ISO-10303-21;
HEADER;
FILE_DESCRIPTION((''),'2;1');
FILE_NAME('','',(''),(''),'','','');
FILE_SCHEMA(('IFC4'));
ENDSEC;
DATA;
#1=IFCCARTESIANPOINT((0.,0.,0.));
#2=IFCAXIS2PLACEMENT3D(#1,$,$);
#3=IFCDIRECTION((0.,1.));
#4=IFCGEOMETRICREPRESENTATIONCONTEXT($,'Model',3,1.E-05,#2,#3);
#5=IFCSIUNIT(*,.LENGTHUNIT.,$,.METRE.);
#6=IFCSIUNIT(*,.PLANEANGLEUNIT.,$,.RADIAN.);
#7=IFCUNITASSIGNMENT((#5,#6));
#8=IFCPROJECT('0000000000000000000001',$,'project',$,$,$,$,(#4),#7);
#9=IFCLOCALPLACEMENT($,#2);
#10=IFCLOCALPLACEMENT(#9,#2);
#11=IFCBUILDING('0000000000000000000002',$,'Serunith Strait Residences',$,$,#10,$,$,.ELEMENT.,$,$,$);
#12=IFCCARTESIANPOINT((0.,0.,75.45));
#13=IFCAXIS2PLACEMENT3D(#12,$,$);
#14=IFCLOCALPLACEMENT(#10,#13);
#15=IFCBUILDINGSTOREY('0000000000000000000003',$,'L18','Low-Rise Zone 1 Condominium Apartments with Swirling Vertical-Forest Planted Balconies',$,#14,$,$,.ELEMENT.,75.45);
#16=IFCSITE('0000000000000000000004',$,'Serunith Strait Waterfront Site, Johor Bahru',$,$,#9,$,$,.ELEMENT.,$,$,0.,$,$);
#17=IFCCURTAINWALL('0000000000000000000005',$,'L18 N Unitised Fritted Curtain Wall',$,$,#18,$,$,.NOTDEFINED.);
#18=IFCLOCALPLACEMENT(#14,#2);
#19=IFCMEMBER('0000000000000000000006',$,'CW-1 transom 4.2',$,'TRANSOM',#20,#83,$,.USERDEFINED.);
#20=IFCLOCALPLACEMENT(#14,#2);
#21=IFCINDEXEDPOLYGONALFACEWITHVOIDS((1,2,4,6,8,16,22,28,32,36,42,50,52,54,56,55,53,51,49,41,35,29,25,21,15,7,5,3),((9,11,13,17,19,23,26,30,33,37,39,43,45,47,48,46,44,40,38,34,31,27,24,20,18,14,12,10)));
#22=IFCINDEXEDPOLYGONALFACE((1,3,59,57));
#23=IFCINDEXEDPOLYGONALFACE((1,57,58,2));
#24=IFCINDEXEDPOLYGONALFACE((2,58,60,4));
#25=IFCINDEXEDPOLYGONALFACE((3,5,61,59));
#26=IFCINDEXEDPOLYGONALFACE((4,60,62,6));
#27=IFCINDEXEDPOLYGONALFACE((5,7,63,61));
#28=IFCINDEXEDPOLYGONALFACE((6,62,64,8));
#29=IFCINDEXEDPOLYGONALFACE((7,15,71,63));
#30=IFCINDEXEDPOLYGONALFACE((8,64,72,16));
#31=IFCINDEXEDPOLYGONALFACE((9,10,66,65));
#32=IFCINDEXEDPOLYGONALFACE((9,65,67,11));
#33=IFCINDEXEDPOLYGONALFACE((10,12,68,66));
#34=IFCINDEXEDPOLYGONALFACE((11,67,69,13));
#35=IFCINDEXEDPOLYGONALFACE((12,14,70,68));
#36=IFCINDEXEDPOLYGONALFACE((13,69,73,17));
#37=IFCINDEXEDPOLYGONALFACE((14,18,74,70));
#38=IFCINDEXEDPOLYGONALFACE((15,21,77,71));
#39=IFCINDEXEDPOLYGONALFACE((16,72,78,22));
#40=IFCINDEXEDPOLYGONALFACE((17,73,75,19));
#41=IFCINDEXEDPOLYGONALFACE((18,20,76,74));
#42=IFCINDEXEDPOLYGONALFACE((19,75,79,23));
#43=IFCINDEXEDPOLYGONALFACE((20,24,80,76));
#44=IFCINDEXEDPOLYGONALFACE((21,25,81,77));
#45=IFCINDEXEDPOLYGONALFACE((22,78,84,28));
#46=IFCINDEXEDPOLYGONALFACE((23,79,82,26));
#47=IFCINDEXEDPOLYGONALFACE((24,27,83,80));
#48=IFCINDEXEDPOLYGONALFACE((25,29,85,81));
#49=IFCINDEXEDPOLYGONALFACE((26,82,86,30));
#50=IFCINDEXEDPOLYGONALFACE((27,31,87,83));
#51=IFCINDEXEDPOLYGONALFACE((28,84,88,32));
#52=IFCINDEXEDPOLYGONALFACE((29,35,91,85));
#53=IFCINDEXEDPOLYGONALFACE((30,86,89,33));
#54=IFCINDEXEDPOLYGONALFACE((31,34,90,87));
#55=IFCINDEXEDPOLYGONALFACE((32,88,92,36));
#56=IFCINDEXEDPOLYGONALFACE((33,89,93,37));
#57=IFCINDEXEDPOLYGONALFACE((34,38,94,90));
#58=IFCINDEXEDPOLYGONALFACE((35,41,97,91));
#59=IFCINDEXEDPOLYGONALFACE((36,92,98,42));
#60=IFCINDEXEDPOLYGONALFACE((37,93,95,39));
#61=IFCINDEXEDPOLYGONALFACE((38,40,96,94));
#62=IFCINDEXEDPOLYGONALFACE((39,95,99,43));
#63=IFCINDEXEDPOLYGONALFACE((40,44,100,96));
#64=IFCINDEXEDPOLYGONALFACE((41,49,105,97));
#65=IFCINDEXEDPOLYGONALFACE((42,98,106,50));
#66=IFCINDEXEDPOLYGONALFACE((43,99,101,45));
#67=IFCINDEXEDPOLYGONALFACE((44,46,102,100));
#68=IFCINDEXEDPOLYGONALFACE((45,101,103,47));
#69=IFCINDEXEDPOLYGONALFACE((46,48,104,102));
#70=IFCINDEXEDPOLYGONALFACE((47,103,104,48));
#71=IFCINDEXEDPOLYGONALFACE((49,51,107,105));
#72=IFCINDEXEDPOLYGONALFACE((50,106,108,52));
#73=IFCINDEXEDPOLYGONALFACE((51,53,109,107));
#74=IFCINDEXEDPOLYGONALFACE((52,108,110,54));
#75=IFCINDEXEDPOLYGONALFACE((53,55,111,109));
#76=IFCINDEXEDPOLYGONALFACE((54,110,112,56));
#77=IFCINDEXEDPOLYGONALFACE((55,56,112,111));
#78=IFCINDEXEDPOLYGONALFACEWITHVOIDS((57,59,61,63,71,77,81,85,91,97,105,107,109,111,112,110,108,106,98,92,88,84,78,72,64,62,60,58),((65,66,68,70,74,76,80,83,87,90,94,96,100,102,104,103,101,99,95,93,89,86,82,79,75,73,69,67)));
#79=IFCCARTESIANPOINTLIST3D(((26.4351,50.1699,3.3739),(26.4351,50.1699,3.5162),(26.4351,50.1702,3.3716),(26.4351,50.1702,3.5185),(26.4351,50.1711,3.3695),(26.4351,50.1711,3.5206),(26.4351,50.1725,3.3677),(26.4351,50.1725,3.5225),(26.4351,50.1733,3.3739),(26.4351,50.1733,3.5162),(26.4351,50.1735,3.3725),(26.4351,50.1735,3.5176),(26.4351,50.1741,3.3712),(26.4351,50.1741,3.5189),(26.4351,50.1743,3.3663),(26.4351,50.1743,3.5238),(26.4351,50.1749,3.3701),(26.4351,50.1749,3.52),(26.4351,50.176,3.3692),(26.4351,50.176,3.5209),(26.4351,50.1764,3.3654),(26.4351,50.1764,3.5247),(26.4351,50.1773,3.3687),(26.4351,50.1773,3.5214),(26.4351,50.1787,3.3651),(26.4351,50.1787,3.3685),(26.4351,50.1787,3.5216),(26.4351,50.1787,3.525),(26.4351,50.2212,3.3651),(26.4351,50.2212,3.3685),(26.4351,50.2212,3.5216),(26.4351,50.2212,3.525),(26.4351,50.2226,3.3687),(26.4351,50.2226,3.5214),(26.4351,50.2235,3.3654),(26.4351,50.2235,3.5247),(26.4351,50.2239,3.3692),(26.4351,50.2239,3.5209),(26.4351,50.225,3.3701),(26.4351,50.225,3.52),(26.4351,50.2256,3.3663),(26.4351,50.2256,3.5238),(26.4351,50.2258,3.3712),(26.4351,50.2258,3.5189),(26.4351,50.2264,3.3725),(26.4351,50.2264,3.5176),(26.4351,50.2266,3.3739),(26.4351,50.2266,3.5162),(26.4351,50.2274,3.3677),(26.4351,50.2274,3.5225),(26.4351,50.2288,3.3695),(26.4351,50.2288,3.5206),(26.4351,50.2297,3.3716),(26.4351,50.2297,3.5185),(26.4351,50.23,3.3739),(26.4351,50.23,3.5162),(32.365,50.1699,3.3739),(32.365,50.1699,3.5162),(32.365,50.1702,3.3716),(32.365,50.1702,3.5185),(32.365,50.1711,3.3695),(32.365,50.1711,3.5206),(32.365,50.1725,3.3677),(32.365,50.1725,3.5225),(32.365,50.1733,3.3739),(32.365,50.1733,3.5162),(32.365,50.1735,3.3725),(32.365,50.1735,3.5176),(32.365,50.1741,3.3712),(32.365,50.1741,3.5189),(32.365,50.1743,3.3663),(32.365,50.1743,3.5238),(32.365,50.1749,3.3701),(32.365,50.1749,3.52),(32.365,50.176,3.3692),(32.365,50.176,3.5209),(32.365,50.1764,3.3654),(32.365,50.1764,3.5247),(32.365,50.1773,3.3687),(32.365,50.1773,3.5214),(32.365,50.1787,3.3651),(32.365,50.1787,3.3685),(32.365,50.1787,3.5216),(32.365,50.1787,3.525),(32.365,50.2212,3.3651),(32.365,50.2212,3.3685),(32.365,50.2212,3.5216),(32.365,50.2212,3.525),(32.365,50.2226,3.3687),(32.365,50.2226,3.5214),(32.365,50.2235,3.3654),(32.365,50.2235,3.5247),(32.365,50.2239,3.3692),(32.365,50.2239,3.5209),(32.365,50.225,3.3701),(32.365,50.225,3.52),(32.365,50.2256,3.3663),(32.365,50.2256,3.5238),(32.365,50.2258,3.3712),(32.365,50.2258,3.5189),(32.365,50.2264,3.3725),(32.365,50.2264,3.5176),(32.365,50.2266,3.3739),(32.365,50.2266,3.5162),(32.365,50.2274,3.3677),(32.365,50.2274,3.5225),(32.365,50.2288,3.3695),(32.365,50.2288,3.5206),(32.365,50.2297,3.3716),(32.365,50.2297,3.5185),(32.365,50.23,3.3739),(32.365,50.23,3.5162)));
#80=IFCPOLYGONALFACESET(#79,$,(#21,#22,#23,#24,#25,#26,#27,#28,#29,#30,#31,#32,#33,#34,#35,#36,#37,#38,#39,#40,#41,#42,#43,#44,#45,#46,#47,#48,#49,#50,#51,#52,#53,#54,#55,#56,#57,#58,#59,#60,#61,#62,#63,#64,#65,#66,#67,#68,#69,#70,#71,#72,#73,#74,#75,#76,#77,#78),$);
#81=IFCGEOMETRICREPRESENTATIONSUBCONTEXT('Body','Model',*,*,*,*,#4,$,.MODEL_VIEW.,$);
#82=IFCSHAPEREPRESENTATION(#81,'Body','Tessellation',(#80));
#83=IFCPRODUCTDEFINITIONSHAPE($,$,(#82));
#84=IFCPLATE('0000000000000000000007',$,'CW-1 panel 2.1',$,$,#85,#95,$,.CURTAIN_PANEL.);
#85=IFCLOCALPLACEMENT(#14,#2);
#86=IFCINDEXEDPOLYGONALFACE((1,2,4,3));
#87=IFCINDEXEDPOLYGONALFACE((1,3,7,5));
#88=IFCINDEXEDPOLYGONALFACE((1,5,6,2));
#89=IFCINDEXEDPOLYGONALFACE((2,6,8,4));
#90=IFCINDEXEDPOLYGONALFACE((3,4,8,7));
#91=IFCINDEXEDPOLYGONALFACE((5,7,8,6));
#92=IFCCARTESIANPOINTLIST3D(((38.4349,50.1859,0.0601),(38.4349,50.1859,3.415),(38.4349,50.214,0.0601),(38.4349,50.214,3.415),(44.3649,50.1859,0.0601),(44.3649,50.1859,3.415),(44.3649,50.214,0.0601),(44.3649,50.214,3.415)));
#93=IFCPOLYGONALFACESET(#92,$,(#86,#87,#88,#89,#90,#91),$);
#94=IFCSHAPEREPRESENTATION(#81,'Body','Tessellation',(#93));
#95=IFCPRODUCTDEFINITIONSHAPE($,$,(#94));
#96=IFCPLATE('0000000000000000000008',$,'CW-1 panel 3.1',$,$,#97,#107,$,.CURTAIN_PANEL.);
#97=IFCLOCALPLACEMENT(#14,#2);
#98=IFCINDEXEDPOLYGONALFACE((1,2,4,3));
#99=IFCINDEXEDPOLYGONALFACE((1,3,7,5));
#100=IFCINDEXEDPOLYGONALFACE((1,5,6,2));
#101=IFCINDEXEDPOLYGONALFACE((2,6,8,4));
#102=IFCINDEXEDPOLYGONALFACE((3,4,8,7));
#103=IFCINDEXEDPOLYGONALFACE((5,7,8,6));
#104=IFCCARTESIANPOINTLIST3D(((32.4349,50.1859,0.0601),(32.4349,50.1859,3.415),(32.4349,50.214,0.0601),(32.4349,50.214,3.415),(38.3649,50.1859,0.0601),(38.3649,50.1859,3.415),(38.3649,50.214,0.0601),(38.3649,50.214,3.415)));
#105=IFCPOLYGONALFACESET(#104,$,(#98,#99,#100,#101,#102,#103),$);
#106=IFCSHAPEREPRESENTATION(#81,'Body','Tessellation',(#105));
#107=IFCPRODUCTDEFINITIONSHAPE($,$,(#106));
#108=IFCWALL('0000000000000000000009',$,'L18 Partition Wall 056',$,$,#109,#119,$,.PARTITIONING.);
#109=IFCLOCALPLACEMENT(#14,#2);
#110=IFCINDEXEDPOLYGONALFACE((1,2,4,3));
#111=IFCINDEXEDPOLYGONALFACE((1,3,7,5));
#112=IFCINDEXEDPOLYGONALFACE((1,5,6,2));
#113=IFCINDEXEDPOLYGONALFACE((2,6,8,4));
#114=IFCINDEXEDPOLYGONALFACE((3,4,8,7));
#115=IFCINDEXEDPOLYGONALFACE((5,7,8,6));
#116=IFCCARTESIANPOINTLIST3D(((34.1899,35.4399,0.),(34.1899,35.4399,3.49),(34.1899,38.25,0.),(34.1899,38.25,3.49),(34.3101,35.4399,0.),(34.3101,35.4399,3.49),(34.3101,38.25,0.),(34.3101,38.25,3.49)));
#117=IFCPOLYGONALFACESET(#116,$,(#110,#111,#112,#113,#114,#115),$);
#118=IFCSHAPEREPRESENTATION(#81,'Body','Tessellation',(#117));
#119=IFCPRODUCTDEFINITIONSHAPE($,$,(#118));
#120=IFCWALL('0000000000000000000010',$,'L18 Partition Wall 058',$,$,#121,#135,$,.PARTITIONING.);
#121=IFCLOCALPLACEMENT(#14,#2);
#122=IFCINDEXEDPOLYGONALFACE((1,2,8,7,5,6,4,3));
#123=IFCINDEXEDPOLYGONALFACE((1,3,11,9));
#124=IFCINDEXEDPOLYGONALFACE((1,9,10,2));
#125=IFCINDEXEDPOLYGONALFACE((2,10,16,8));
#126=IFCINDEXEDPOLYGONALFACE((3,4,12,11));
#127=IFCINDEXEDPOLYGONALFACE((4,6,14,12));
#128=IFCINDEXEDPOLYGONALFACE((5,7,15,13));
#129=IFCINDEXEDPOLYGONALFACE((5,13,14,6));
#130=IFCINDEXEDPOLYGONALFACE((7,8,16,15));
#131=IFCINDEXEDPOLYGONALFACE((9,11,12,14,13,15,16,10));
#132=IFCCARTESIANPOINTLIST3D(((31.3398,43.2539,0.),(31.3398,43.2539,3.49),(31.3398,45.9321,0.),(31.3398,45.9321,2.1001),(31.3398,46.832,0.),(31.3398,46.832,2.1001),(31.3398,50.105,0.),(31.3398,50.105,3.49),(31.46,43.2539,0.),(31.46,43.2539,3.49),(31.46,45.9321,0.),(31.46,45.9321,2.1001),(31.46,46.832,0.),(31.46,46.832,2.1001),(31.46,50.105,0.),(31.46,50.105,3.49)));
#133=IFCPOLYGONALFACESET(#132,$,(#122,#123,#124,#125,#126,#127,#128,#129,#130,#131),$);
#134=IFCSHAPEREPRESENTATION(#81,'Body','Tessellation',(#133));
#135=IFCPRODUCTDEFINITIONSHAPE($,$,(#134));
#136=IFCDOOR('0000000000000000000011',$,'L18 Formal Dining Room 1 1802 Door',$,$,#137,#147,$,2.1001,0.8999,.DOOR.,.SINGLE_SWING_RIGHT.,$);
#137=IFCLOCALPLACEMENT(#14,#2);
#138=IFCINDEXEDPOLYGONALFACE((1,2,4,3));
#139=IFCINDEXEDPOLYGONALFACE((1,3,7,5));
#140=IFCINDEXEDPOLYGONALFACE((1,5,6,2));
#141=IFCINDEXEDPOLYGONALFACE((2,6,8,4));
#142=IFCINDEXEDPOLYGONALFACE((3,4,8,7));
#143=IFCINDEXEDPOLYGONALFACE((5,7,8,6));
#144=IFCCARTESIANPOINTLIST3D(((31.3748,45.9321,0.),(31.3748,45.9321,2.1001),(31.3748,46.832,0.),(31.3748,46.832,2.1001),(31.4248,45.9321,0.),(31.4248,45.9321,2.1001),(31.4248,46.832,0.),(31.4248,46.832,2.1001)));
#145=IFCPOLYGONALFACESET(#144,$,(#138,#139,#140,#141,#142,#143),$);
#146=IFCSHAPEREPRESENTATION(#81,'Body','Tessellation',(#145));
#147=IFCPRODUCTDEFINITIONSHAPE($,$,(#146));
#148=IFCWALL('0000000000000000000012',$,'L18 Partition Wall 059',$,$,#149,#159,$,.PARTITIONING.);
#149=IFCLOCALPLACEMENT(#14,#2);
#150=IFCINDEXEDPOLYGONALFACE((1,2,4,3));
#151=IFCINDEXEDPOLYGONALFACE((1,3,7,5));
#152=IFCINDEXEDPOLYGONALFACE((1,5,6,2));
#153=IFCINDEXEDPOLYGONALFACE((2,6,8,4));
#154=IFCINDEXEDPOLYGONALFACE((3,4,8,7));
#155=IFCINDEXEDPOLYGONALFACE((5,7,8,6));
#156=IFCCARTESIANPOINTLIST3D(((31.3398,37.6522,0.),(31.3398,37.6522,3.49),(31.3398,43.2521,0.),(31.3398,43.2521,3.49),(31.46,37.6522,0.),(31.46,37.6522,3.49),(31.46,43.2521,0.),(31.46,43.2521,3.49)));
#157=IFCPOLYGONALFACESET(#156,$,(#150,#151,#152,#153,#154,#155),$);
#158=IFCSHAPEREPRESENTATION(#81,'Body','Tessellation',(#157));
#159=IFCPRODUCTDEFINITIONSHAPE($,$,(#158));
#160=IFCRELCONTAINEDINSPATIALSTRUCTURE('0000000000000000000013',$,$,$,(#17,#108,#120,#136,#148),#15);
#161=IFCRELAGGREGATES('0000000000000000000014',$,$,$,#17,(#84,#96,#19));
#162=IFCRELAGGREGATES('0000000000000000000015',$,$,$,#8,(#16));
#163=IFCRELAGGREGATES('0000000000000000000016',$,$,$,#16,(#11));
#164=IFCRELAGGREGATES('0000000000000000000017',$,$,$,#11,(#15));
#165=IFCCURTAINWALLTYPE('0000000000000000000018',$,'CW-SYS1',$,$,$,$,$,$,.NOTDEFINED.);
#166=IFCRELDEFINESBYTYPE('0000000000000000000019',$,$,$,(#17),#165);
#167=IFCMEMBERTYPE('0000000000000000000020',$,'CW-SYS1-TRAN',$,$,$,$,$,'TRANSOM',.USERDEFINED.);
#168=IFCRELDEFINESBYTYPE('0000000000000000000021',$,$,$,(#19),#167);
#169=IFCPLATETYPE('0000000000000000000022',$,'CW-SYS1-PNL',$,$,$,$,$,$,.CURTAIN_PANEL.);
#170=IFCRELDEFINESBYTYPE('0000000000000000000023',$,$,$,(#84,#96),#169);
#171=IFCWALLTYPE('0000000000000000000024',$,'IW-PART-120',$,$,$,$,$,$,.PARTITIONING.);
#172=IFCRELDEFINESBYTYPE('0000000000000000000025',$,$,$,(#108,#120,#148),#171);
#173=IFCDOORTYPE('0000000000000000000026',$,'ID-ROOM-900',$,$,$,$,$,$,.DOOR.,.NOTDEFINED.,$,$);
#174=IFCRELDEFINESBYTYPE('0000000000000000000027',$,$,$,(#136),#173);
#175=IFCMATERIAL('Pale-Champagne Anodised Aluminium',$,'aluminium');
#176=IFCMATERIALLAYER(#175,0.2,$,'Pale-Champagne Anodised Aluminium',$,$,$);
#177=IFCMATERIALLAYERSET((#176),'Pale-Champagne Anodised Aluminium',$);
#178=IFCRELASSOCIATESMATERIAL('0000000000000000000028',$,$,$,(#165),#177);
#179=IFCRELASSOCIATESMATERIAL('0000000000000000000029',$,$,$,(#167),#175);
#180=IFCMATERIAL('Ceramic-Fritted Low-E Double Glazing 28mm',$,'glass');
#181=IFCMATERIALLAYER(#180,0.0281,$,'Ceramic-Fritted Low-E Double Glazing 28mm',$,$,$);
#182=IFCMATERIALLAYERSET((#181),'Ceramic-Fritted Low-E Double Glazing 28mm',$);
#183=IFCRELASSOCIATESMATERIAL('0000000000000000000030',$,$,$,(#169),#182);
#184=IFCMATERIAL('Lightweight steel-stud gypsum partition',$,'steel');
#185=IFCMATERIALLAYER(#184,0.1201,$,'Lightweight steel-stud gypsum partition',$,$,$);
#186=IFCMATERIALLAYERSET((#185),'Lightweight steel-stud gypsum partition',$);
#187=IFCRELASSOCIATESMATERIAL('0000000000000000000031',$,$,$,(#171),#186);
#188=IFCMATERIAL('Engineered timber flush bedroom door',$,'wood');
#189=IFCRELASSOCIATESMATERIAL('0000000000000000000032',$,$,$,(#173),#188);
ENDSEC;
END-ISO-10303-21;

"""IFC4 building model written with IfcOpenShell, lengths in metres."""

from ifc_helpers import new_model, si_unit, direction, frame, frame_2d, origin, origin_2d, place, context, subcontext, project, spatial, rectangle, hollow_rectangle, extrude, source, transform, mapped, material, layer, layer_set, material_profile, profile_set, type_object, element, fill, aggregate, save


model = new_model("IFC4")

# Units and contexts
model_context = context("Model", 3, precision=1e-05, world=origin(), true_north=direction((0.0, 1.0)))
body_context = subcontext(model_context, "Body", "Model", "MODEL_VIEW")
ifc_project = project(units=[si_unit("LENGTHUNIT", "METRE"), si_unit("PLANEANGLEUNIT", "RADIAN")], contexts=[model_context])

# Site, building, storey
site_placement = place(None, origin())
site = spatial("IfcSite", under=ifc_project, at=site_placement, Name="Serunith Strait Waterfront Site, Johor Bahru", CompositionType="ELEMENT", RefElevation=0.0)
building_placement = place(site_placement, origin())
building = spatial("IfcBuilding", under=site, at=building_placement, Name="Serunith Strait Residences", CompositionType="ELEMENT")
storey_placement = place(building_placement, frame((0.0, 0.0, 75.45)))
storey = spatial("IfcBuildingStorey", under=building, at=storey_placement, Name="L18", Description="Low-Rise Zone 1 Condominium Apartments with Swirling Vertical-Forest Planted Balconies", CompositionType="ELEMENT", Elevation=75.45)

# Curtain wall, member, plates
ifc_material_1 = material(Name="Pale-Champagne Anodised Aluminium", Category="aluminium")
ifc_layer_1 = layer(ifc_material_1, 0.2, Name="Pale-Champagne Anodised Aluminium")
ifc_layer_set_1 = layer_set([ifc_layer_1], Name="Pale-Champagne Anodised Aluminium")
curtain_wall_type = type_object("IfcCurtainWallType", Name="CW-SYS1", PredefinedType="NOTDEFINED", material=ifc_layer_set_1)
curtain_wall_placement = place(storey_placement, origin())
curtain_wall = element("IfcCurtainWall", 1, at=curtain_wall_placement, inside=storey, type_object=curtain_wall_type, Name="L18 N Unitised Fritted Curtain Wall", PredefinedType="NOTDEFINED")
ifc_material_profile_1 = material_profile(ifc_material_1, hollow_rectangle(XDim=0.0601, YDim=0.1599, WallThickness=0.0034, InnerFilletRadius=0.0054, OuterFilletRadius=0.0088, at=origin_2d()), Name="ALU 160x60x3.5")
ifc_profile_set_1 = profile_set([ifc_material_profile_1], Name="Pale-Champagne Anodised Aluminium")
member_type_1 = type_object("IfcMemberType", Name="CW-SYS1-TRAN", ElementType="TRANSOM", PredefinedType="USERDEFINED", material=ifc_profile_set_1)
shared_shape_1 = source(origin(), body_context, "Body", "SweptSolid", [
    extrude(hollow_rectangle(XDim=0.0601, YDim=0.1599, WallThickness=0.0034, InnerFilletRadius=0.0054, OuterFilletRadius=0.0088, at=origin_2d()), origin(), (0.0, 0.0, 1.0), 5.9299),
])
member_1_placement = place(storey_placement, frame((32.365, 50.2, 3.4451), z_axis=(-1.0, 0.0, 0.0), x_axis=(0.0, -1.0, 0.0)))
member_1 = element("IfcMember", 2, at=member_1_placement, type_object=member_type_1, Name="CW-1 transom 4.2", ObjectType="TRANSOM", PredefinedType="USERDEFINED", context=body_context, shape_type="MappedRepresentation", body=[
    mapped(shared_shape_1, transform((0.0, 0.0, 0.0), scale=1.0)),
])
ifc_material_2 = material(Name="Ceramic-Fritted Low-E Double Glazing 28mm", Category="glass")
ifc_layer_2 = layer(ifc_material_2, 0.0281, Name="Ceramic-Fritted Low-E Double Glazing 28mm")
ifc_layer_set_2 = layer_set([ifc_layer_2], Name="Ceramic-Fritted Low-E Double Glazing 28mm")
plate_type = type_object("IfcPlateType", Name="CW-SYS1-PNL", PredefinedType="CURTAIN_PANEL", material=ifc_layer_set_2)
shared_shape_2 = source(origin(), body_context, "Body", "SweptSolid", [
    extrude(rectangle(XDim=5.9299, YDim=0.0281, at=origin_2d()), origin(), (0.0, 0.0, 1.0), 3.355),
])
plate_1_placement = place(storey_placement, frame((41.3999, 50.2, 0.0601), z_axis=(0.0, 0.0, 1.0), x_axis=(-1.0, 0.0, 0.0)))
plate_1 = element("IfcPlate", 3, at=plate_1_placement, type_object=plate_type, Name="CW-1 panel 2.1", PredefinedType="CURTAIN_PANEL", context=body_context, shape_type="MappedRepresentation", body=[
    mapped(shared_shape_2, transform((0.0, 0.0, 0.0), scale=1.0)),
])
plate_2_placement = place(storey_placement, frame((35.3999, 50.2, 0.0601), z_axis=(0.0, 0.0, 1.0), x_axis=(-1.0, 0.0, 0.0)))
plate_2 = element("IfcPlate", 4, at=plate_2_placement, type_object=plate_type, Name="CW-1 panel 3.1", PredefinedType="CURTAIN_PANEL", context=body_context, shape_type="MappedRepresentation", body=[
    mapped(shared_shape_2, transform((0.0, 0.0, 0.0), scale=1.0)),
])
aggregate(curtain_wall, [plate_1, plate_2, member_1])

# Wall
ifc_material_3 = material(Name="Lightweight steel-stud gypsum partition", Category="steel")
ifc_layer_3 = layer(ifc_material_3, 0.1201, Name="Lightweight steel-stud gypsum partition")
ifc_layer_set_3 = layer_set([ifc_layer_3], Name="Lightweight steel-stud gypsum partition")
wall_type = type_object("IfcWallType", Name="IW-PART-120", PredefinedType="PARTITIONING", material=ifc_layer_set_3)
wall_1_placement = place(storey_placement, frame((34.25, 38.25, 0.0), z_axis=(0.0, 0.0, 1.0), x_axis=(0.0, -1.0, 0.0)))
element("IfcWall", 5, at=wall_1_placement, inside=storey, type_object=wall_type, Name="L18 Partition Wall 056", PredefinedType="PARTITIONING", context=body_context, shape_type="SweptSolid", body=[
    extrude(rectangle(XDim=2.8101, YDim=0.1201, at=frame_2d((1.405, 0.0))), origin(), (0.0, 0.0, 1.0), 3.49),
])

# Wall, opening, door
wall_2_placement = place(storey_placement, frame((31.3999, 50.105, 0.0), z_axis=(0.0, 0.0, 1.0), x_axis=(0.0, -1.0, 0.0)))
wall_2 = element("IfcWall", 6, at=wall_2_placement, inside=storey, type_object=wall_type, Name="L18 Partition Wall 058", PredefinedType="PARTITIONING", context=body_context, shape_type="SweptSolid", body=[
    extrude(rectangle(XDim=6.8511, YDim=0.1201, at=frame_2d((3.4255, 0.0))), origin(), (0.0, 0.0, 1.0), 3.49),
])
opening_1_placement = place(wall_2_placement, frame((3.2729, 0.0, 0.0)))
opening_1 = element("IfcOpeningElement", 7, at=opening_1_placement, cuts=wall_2, PredefinedType="OPENING", context=body_context, shape_type="SweptSolid", body=[
    extrude(rectangle(XDim=0.8999, YDim=2.1001, at=frame_2d((0.45, 1.05))), frame((0.0, 0.0701, 0.0), z_axis=(0.0, -1.0, 0.0), x_axis=(1.0, 0.0, 0.0)), (0.0, 0.0, 1.0), 0.1401),
])
ifc_material_4 = material(Name="Engineered timber flush bedroom door", Category="wood")
door_type_1 = type_object("IfcDoorType", Name="ID-ROOM-900", OperationType="NOTDEFINED", PredefinedType="DOOR", material=ifc_material_4)
shared_shape_3 = source(origin(), body_context, "Body", "SweptSolid", [
    extrude(rectangle(XDim=0.8999, YDim=2.1001, at=frame_2d((0.45, 1.05))), frame((0.0, 0.0249, 0.0), z_axis=(0.0, -1.0, 0.0), x_axis=(1.0, 0.0, 0.0)), (0.0, 0.0, 1.0), 0.05),
])
door_1_placement = place(opening_1_placement, origin())
door_1 = element("IfcDoor", 8, at=door_1_placement, inside=storey, type_object=door_type_1, Name="L18 Formal Dining Room 1 1802 Door", OperationType="SINGLE_SWING_RIGHT", OverallHeight=2.1001, OverallWidth=0.8999, PredefinedType="DOOR", context=body_context, shape_type="MappedRepresentation", body=[
    mapped(shared_shape_3, transform((0.0, 0.0, 0.0), scale=1.0)),
])
fill(opening_1, door_1)

# Wall
wall_3_placement = place(storey_placement, frame((31.3999, 43.252, 0.0), z_axis=(0.0, 0.0, 1.0), x_axis=(0.0, -1.0, 0.0)))
element("IfcWall", 9, at=wall_3_placement, inside=storey, type_object=wall_type, Name="L18 Partition Wall 059", PredefinedType="PARTITIONING", context=body_context, shape_type="SweptSolid", body=[
    extrude(rectangle(XDim=5.5999, YDim=0.1201, at=frame_2d((2.7998, 0.0))), origin(), (0.0, 0.0, 1.0), 3.49),
])

save(model, "model.ifc")
